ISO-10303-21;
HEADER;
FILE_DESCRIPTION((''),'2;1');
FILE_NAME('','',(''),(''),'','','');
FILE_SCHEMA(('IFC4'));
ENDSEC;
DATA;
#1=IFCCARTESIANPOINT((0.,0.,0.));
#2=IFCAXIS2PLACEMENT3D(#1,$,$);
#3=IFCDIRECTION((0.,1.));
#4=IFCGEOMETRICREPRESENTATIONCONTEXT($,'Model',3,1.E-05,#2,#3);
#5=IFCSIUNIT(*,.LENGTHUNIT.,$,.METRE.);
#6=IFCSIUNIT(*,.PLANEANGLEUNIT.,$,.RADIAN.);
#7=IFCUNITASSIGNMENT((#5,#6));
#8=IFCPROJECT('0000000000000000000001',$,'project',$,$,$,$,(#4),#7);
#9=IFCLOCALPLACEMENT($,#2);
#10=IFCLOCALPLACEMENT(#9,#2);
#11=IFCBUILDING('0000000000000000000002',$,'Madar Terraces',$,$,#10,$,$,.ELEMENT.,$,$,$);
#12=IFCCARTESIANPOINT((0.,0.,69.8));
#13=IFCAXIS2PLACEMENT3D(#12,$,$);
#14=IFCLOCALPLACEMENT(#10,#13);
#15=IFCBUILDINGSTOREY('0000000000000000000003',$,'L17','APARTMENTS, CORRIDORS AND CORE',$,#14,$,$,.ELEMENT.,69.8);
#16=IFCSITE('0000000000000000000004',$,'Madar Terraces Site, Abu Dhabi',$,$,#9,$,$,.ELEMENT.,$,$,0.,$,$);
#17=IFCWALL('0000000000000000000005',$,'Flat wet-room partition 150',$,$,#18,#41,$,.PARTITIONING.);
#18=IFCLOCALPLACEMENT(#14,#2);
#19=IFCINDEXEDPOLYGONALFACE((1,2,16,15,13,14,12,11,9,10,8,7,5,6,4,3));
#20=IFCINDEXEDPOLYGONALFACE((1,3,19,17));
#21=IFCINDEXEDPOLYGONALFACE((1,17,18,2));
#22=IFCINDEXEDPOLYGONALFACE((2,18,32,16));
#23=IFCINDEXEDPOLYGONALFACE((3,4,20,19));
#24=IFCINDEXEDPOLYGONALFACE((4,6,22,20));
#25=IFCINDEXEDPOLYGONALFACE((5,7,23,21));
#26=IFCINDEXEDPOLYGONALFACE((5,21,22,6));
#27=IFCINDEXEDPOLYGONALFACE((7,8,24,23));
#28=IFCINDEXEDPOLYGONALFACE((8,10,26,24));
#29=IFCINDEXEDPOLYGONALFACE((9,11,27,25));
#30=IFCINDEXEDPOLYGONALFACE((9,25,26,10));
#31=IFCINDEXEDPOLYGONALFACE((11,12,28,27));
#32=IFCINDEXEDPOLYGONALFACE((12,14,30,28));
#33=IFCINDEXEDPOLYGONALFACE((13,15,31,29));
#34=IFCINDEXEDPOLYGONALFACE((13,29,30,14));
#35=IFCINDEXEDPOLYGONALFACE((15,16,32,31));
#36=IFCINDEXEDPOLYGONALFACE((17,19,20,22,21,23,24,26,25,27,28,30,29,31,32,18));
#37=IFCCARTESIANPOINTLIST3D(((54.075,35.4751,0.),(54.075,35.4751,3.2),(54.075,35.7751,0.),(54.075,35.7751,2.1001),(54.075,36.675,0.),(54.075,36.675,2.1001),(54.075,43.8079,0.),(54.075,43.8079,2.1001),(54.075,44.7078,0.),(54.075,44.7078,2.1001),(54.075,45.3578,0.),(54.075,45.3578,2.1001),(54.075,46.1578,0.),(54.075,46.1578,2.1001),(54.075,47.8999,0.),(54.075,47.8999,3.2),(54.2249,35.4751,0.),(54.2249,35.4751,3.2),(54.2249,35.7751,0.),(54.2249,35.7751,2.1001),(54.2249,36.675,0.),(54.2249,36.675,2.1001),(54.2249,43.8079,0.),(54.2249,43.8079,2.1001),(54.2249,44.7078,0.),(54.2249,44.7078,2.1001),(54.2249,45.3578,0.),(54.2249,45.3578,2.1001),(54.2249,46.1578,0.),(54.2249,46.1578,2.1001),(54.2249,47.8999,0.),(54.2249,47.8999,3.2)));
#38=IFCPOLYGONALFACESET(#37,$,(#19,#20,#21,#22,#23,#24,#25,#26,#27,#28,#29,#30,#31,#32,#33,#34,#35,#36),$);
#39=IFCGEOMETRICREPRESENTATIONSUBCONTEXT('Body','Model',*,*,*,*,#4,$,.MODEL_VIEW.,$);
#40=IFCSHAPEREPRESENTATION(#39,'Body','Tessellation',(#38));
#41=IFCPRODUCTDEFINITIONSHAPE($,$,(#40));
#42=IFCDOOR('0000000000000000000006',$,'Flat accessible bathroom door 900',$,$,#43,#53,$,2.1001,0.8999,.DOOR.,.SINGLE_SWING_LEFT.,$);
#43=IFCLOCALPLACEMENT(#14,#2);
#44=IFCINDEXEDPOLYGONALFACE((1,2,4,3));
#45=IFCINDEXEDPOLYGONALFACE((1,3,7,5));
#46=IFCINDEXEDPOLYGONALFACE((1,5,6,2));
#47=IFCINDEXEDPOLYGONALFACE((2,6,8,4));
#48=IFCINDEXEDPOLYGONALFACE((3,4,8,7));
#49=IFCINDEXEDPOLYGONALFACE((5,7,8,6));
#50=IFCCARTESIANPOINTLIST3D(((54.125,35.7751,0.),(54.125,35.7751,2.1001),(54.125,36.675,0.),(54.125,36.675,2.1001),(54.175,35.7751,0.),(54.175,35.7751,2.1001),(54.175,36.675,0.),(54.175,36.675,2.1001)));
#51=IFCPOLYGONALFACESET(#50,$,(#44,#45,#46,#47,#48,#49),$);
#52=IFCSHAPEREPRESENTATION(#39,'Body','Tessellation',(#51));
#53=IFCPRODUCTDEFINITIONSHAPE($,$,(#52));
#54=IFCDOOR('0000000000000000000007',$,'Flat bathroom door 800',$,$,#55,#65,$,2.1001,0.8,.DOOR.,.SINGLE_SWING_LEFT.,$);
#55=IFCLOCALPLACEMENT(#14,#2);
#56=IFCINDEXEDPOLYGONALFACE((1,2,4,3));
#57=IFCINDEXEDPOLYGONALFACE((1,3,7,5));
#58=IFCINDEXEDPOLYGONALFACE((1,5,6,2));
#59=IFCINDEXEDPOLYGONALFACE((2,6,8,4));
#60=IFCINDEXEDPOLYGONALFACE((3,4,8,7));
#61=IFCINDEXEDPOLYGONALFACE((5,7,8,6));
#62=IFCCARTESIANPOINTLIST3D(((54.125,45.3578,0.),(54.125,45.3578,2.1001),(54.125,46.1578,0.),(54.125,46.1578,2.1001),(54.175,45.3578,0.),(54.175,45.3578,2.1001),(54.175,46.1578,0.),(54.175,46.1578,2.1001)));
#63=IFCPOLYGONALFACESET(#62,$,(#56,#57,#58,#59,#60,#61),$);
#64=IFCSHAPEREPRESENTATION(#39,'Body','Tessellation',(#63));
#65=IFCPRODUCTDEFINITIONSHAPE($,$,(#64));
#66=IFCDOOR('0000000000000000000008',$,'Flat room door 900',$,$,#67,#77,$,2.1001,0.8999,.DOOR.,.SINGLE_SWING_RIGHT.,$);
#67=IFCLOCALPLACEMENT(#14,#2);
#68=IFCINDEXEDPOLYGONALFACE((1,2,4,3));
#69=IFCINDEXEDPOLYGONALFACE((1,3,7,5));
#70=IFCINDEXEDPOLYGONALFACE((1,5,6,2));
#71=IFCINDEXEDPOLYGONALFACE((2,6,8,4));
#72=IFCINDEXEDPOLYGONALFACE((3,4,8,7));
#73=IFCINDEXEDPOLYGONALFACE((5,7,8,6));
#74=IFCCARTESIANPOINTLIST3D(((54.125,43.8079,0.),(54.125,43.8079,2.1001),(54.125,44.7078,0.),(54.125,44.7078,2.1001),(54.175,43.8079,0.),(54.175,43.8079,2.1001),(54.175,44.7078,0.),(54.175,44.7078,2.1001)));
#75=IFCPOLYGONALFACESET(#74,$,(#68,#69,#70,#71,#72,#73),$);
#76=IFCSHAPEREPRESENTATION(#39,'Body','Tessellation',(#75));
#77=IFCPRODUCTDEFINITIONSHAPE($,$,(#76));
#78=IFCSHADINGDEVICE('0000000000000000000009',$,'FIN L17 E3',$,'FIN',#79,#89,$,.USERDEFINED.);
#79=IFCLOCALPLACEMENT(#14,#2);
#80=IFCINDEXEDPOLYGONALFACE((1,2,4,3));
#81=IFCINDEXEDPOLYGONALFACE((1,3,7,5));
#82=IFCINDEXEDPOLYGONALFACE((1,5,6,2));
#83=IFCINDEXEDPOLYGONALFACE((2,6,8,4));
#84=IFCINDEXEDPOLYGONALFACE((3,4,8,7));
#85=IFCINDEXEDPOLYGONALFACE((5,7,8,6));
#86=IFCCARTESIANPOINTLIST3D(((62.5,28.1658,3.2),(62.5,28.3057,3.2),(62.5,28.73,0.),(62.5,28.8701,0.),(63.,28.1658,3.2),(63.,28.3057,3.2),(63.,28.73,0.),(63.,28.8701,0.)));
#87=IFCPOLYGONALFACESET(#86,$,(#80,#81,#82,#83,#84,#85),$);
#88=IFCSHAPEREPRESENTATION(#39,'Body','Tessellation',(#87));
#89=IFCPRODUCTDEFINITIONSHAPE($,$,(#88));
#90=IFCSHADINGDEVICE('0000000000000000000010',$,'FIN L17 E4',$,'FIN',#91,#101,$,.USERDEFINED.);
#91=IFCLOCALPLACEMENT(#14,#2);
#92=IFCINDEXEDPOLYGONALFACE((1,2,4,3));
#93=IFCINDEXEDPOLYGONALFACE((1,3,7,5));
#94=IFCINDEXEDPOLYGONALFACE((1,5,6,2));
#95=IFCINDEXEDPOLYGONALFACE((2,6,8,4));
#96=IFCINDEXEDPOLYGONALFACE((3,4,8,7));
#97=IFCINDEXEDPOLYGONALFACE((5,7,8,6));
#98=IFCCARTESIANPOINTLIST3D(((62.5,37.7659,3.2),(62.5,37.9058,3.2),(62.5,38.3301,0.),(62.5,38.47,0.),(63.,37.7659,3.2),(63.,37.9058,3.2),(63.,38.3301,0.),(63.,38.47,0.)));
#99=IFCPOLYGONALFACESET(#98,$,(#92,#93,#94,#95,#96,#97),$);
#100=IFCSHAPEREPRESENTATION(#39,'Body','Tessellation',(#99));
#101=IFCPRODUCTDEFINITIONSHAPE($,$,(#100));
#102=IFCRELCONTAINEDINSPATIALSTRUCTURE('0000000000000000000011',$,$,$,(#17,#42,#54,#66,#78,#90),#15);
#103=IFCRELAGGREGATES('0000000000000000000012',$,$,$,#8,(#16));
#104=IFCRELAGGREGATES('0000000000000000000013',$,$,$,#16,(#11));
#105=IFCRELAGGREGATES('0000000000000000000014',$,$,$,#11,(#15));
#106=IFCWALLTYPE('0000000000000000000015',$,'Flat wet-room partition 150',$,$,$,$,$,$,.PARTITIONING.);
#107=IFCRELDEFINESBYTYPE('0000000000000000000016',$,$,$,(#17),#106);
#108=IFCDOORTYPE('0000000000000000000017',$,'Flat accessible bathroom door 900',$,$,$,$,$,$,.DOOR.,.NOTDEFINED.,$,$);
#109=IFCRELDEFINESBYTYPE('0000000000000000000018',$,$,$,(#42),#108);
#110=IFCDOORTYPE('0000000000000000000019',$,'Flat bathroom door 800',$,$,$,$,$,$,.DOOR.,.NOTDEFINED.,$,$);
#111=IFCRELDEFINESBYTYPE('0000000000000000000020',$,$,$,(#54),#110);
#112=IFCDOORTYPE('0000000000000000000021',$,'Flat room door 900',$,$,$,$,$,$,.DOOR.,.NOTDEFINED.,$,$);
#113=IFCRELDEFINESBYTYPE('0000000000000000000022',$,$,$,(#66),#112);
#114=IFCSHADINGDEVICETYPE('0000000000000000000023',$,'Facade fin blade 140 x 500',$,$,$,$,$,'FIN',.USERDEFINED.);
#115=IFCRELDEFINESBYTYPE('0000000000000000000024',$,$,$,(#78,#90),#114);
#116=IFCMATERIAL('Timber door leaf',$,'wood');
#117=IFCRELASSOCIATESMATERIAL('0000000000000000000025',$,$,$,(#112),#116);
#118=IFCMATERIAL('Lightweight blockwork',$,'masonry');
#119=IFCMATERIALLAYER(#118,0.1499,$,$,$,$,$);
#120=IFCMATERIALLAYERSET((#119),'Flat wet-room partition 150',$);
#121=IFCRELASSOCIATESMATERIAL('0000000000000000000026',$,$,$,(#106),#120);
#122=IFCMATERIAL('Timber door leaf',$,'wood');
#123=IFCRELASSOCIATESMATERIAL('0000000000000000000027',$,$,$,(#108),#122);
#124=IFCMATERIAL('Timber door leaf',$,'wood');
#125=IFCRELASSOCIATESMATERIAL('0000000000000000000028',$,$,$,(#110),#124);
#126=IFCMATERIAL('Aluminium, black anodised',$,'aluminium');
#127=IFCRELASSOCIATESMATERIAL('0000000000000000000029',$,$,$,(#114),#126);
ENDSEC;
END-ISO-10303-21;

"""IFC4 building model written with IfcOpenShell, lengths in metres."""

from ifc_helpers import new_model, si_unit, direction, frame, frame_2d, origin, place, context, subcontext, project, spatial, polyline, rectangle, outline, extrude, material, layer, layer_set, type_object, element, fill, save


model = new_model("IFC4")

# Units and contexts
model_context = context("Model", 3, precision=1e-05, world=origin(), true_north=direction((0.0, 1.0)))
body_context = subcontext(model_context, "Body", "Model", "MODEL_VIEW")
ifc_project = project(units=[si_unit("LENGTHUNIT", "METRE"), si_unit("PLANEANGLEUNIT", "RADIAN")], contexts=[model_context])

# Site, building, storey
site_placement = place(None, origin())
site = spatial("IfcSite", under=ifc_project, at=site_placement, Name="Madar Terraces Site, Abu Dhabi", CompositionType="ELEMENT", RefElevation=0.0)
building_placement = place(site_placement, origin())
building = spatial("IfcBuilding", under=site, at=building_placement, Name="Madar Terraces", CompositionType="ELEMENT")
storey_placement = place(building_placement, frame((0.0, 0.0, 69.8)))
storey = spatial("IfcBuildingStorey", under=building, at=storey_placement, Name="L17", Description="APARTMENTS, CORRIDORS AND CORE", CompositionType="ELEMENT", Elevation=69.8)

# Shared definitions
ifc_material_1 = material(Name="Timber door leaf", Category="wood")
door_type_1 = type_object("IfcDoorType", Name="Flat room door 900", OperationType="NOTDEFINED", PredefinedType="DOOR", material=ifc_material_1)

# Shared definitions
ifc_material_2 = material(Name="Lightweight blockwork", Category="masonry")
ifc_layer_1 = layer(ifc_material_2, 0.1499)
ifc_layer_set_1 = layer_set([ifc_layer_1], Name="Flat wet-room partition 150")
wall_type_1 = type_object("IfcWallType", Name="Flat wet-room partition 150", PredefinedType="PARTITIONING", material=ifc_layer_set_1)

# Wall, openings, doors
wall_1_placement = place(storey_placement, frame((54.1499, 35.4751, 0.0), z_axis=(0.0, 0.0, 1.0), x_axis=(0.0, 1.0, 0.0)))
wall_1 = element("IfcWall", 1, at=wall_1_placement, inside=storey, type_object=wall_type_1, Name="Flat wet-room partition 150", PredefinedType="PARTITIONING", context=body_context, shape_type="SweptSolid", body=[
    extrude(rectangle(XDim=12.4248, YDim=0.1499, at=frame_2d((6.2124, 0.0))), origin(), (0.0, 0.0, 1.0), 3.2),
])
opening_1_placement = place(wall_1_placement, frame((0.3, 0.0, 0.0)))
opening_1 = element("IfcOpeningElement", 2, at=opening_1_placement, cuts=wall_1, PredefinedType="OPENING", context=body_context, shape_type="SweptSolid", body=[
    extrude(rectangle(XDim=0.8999, YDim=2.1001, at=frame_2d((0.45, 1.05))), frame((0.0, 0.085, 0.0), z_axis=(0.0, -1.0, 0.0), x_axis=(1.0, 0.0, 0.0)), (0.0, 0.0, 1.0), 0.1699),
])
opening_2_placement = place(wall_1_placement, frame((8.3328, 0.0, 0.0)))
opening_2 = element("IfcOpeningElement", 3, at=opening_2_placement, cuts=wall_1, PredefinedType="OPENING", context=body_context, shape_type="SweptSolid", body=[
    extrude(rectangle(XDim=0.8999, YDim=2.1001, at=frame_2d((0.45, 1.05))), frame((0.0, 0.085, 0.0), z_axis=(0.0, -1.0, 0.0), x_axis=(1.0, 0.0, 0.0)), (0.0, 0.0, 1.0), 0.1699),
])
opening_3_placement = place(wall_1_placement, frame((9.8828, 0.0, 0.0)))
opening_3 = element("IfcOpeningElement", 4, at=opening_3_placement, cuts=wall_1, PredefinedType="OPENING", context=body_context, shape_type="SweptSolid", body=[
    extrude(rectangle(XDim=0.8, YDim=2.1001, at=frame_2d((0.3999, 1.05))), frame((0.0, 0.085, 0.0), z_axis=(0.0, -1.0, 0.0), x_axis=(1.0, 0.0, 0.0)), (0.0, 0.0, 1.0), 0.1699),
])
ifc_material_3 = material(Name="Timber door leaf", Category="wood")
door_type_2 = type_object("IfcDoorType", Name="Flat accessible bathroom door 900", OperationType="NOTDEFINED", PredefinedType="DOOR", material=ifc_material_3)
door_1_placement = place(opening_1_placement, origin())
door_1 = element("IfcDoor", 5, at=door_1_placement, inside=storey, type_object=door_type_2, Name="Flat accessible bathroom door 900", OperationType="SINGLE_SWING_LEFT", OverallHeight=2.1001, OverallWidth=0.8999, PredefinedType="DOOR", context=body_context, shape_type="SweptSolid", body=[
    extrude(rectangle(XDim=0.8999, YDim=2.1001, at=frame_2d((0.45, 1.05))), frame((0.0, 0.0249, 0.0), z_axis=(0.0, -1.0, 0.0), x_axis=(1.0, 0.0, 0.0)), (0.0, 0.0, 1.0), 0.05),
])
fill(opening_1, door_1)
ifc_material_4 = material(Name="Timber door leaf", Category="wood")
door_type_3 = type_object("IfcDoorType", Name="Flat bathroom door 800", OperationType="NOTDEFINED", PredefinedType="DOOR", material=ifc_material_4)
door_2_placement = place(opening_3_placement, origin())
door_2 = element("IfcDoor", 6, at=door_2_placement, inside=storey, type_object=door_type_3, Name="Flat bathroom door 800", OperationType="SINGLE_SWING_LEFT", OverallHeight=2.1001, OverallWidth=0.8, PredefinedType="DOOR", context=body_context, shape_type="SweptSolid", body=[
    extrude(rectangle(XDim=0.8, YDim=2.1001, at=frame_2d((0.3999, 1.05))), frame((0.0, 0.0249, 0.0), z_axis=(0.0, -1.0, 0.0), x_axis=(1.0, 0.0, 0.0)), (0.0, 0.0, 1.0), 0.05),
])
fill(opening_3, door_2)
door_3_placement = place(opening_2_placement, origin())
door_3 = element("IfcDoor", 7, at=door_3_placement, inside=storey, type_object=door_type_1, Name="Flat room door 900", OperationType="SINGLE_SWING_RIGHT", OverallHeight=2.1001, OverallWidth=0.8999, PredefinedType="DOOR", context=body_context, shape_type="SweptSolid", body=[
    extrude(rectangle(XDim=0.8999, YDim=2.1001, at=frame_2d((0.45, 1.05))), frame((0.0, 0.0249, 0.0), z_axis=(0.0, -1.0, 0.0), x_axis=(1.0, 0.0, 0.0)), (0.0, 0.0, 1.0), 0.05),
])
fill(opening_2, door_3)

# Shading devices
ifc_material_5 = material(Name="Aluminium, black anodised", Category="aluminium")
shading_device_type = type_object("IfcShadingDeviceType", Name="Facade fin blade 140 x 500", ElementType="FIN", PredefinedType="USERDEFINED", material=ifc_material_5)
shading_device_1_placement = place(storey_placement, frame((62.75, 28.73, 0.0), z_axis=(0.0, 0.0, 1.0), x_axis=(0.0, 1.0, 0.0)))
element("IfcShadingDevice", 8, at=shading_device_1_placement, inside=storey, type_object=shading_device_type, Name="FIN L17 E3", ObjectType="FIN", PredefinedType="USERDEFINED", context=body_context, shape_type="SweptSolid", body=[
    extrude(outline(polyline([(0.0, 0.0), (0.1401, 0.0), (-0.4243, 3.2), (-0.5642, 3.2), (0.0, 0.0)])), frame((0.0, 0.25, 0.0), z_axis=(0.0, -1.0, 0.0), x_axis=(1.0, 0.0, 0.0)), (0.0, 0.0, 1.0), 0.5),
])
shading_device_2_placement = place(storey_placement, frame((62.75, 38.3301, 0.0), z_axis=(0.0, 0.0, 1.0), x_axis=(0.0, 1.0, 0.0)))
element("IfcShadingDevice", 9, at=shading_device_2_placement, inside=storey, type_object=shading_device_type, Name="FIN L17 E4", ObjectType="FIN", PredefinedType="USERDEFINED", context=body_context, shape_type="SweptSolid", body=[
    extrude(outline(polyline([(0.0, 0.0), (0.1399, 0.0), (-0.4243, 3.2), (-0.5642, 3.2), (0.0, 0.0)])), frame((0.0, 0.25, 0.0), z_axis=(0.0, -1.0, 0.0), x_axis=(1.0, 0.0, 0.0)), (0.0, 0.0, 1.0), 0.5),
])

save(model, "model.ifc")
